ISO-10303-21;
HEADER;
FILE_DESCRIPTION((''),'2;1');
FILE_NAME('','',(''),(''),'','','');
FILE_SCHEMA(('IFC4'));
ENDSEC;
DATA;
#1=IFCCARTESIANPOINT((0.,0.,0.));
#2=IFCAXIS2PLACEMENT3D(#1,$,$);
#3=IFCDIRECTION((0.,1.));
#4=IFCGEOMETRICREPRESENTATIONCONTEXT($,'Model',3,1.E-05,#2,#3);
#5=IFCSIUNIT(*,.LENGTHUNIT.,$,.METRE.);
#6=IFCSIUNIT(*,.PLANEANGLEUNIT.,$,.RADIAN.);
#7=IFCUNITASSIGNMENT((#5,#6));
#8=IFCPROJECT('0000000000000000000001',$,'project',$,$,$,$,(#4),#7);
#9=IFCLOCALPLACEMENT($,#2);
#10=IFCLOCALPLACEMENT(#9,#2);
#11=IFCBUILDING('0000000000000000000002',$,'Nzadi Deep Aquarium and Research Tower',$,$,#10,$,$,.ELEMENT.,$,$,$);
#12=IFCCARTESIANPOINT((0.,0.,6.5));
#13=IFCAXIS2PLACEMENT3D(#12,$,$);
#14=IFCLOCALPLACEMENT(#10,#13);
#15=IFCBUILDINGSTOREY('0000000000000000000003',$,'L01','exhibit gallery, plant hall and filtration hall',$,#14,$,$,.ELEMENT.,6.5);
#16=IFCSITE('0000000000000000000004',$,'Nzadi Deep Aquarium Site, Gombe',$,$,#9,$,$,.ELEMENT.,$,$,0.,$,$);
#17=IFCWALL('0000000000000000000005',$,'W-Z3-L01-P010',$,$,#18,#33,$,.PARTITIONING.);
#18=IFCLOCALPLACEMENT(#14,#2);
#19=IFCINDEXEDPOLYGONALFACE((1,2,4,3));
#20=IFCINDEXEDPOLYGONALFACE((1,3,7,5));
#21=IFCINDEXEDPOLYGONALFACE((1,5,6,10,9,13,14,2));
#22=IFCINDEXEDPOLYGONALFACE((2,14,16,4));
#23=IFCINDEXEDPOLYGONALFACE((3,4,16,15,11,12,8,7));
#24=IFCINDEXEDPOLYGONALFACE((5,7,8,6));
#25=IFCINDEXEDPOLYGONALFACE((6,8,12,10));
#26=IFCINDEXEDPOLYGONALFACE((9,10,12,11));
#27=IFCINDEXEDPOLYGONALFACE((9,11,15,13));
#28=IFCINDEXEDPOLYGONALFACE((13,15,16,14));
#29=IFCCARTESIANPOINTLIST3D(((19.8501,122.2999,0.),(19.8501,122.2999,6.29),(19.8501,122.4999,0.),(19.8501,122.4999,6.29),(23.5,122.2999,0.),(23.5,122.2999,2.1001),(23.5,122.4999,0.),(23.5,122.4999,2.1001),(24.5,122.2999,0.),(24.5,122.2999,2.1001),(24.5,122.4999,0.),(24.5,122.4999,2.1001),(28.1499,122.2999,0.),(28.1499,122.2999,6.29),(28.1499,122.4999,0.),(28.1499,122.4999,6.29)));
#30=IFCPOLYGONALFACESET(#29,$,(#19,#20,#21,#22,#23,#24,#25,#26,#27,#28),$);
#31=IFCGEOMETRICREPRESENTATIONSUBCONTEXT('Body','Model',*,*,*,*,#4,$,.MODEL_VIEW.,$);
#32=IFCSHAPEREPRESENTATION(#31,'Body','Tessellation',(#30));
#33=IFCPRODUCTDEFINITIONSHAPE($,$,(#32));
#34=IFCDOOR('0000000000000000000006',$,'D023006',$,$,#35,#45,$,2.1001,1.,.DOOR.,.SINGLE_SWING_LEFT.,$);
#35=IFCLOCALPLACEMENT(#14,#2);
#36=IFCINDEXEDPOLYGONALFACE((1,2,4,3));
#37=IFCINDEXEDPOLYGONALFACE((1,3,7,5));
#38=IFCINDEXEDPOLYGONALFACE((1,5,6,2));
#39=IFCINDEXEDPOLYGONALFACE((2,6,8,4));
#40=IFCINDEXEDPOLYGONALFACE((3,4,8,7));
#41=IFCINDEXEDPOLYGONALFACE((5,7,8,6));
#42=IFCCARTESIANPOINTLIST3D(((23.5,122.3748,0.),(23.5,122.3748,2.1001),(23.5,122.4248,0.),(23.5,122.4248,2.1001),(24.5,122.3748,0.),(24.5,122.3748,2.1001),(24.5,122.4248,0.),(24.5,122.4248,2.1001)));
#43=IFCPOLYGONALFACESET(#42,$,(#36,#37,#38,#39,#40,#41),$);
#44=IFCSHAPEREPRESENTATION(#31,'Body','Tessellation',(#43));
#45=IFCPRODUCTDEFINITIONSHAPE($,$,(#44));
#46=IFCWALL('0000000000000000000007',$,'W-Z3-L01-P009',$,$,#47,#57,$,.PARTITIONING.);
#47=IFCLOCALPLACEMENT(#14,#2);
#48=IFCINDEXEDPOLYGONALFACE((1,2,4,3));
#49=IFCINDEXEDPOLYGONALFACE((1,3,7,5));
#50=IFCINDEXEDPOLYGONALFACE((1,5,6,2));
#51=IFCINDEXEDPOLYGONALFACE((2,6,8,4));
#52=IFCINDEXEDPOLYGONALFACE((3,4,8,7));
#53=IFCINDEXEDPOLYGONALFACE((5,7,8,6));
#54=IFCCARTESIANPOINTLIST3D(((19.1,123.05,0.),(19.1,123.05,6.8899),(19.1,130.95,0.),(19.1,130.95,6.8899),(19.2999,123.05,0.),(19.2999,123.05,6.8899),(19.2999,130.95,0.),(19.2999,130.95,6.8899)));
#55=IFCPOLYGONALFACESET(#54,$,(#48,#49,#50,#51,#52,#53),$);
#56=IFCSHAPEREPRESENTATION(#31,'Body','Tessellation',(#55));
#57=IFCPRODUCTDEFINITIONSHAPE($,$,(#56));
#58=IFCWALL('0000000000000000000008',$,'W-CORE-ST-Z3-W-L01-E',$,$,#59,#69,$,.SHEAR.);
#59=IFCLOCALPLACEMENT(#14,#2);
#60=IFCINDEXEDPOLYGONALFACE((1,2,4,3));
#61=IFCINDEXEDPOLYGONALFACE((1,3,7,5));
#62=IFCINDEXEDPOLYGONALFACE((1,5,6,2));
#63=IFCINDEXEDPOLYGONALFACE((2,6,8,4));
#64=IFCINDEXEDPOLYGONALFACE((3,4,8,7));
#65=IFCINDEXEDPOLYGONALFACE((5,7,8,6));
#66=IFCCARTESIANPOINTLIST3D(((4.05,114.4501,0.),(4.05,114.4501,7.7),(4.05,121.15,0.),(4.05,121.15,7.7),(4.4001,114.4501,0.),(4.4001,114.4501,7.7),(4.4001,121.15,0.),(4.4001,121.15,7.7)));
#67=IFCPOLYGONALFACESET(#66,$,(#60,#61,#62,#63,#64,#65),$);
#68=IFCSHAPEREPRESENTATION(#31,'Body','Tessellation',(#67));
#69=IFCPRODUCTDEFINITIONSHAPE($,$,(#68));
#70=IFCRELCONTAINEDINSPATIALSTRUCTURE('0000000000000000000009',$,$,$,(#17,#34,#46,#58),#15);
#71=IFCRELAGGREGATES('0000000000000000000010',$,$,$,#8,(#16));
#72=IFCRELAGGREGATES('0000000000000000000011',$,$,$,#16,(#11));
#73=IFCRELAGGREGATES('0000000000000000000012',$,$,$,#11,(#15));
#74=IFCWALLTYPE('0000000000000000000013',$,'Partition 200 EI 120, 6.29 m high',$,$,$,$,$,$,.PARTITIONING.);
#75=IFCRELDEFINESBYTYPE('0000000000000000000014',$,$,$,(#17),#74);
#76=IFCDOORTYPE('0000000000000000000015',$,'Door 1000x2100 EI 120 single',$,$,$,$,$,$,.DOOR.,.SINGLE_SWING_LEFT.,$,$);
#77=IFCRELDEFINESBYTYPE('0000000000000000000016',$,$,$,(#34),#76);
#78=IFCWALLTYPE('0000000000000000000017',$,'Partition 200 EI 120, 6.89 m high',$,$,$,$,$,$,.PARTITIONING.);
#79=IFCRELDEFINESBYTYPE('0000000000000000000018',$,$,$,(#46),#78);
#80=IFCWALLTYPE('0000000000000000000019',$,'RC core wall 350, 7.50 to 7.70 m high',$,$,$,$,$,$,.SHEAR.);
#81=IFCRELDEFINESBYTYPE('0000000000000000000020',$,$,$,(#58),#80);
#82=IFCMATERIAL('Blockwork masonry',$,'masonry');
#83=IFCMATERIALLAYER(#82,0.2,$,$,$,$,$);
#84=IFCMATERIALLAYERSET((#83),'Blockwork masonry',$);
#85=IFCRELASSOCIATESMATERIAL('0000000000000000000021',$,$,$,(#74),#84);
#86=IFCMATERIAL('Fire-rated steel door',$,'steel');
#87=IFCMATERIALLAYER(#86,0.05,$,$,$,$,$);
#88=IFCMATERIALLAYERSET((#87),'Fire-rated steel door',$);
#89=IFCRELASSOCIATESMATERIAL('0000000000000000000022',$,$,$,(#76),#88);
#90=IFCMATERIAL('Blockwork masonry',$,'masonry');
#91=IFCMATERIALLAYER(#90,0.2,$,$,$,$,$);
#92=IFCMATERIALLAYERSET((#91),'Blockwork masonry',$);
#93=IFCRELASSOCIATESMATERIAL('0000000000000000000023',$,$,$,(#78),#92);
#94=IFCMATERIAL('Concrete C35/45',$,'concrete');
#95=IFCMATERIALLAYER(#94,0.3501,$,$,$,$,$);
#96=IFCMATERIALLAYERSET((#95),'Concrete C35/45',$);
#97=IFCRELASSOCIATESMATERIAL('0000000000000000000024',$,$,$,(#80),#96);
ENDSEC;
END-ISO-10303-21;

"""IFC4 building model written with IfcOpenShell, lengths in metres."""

from ifc_helpers import new_model, si_unit, direction, frame, frame_2d, origin, place, context, subcontext, project, spatial, rectangle, extrude, material, layer, layer_set, type_object, element, fill, save


model = new_model("IFC4")

# Units and contexts
model_context = context("Model", 3, precision=1e-05, world=origin(), true_north=direction((0.0, 1.0)))
body_context = subcontext(model_context, "Body", "Model", "MODEL_VIEW")
ifc_project = project(units=[si_unit("LENGTHUNIT", "METRE"), si_unit("PLANEANGLEUNIT", "RADIAN")], contexts=[model_context])

# Site, building, storey
site_placement = place(None, origin())
site = spatial("IfcSite", under=ifc_project, at=site_placement, Name="Nzadi Deep Aquarium Site, Gombe", CompositionType="ELEMENT", RefElevation=0.0)
building_placement = place(site_placement, origin())
building = spatial("IfcBuilding", under=site, at=building_placement, Name="Nzadi Deep Aquarium and Research Tower", CompositionType="ELEMENT")
storey_placement = place(building_placement, frame((0.0, 0.0, 6.5)))
storey = spatial("IfcBuildingStorey", under=building, at=storey_placement, Name="L01", Description="exhibit gallery, plant hall and filtration hall", CompositionType="ELEMENT", Elevation=6.5)

# Wall, opening, door
ifc_material_1 = material(Name="Blockwork masonry", Category="masonry")
ifc_layer_1 = layer(ifc_material_1, 0.2)
ifc_layer_set_1 = layer_set([ifc_layer_1], Name="Blockwork masonry")
wall_type_1 = type_object("IfcWallType", Name="Partition 200 EI 120, 6.29 m high", PredefinedType="PARTITIONING", material=ifc_layer_set_1)
wall_1_placement = place(storey_placement, frame((19.8501, 122.3999, 0.0), z_axis=(0.0, 0.0, 1.0), x_axis=(1.0, 0.0, 0.0)))
wall_1 = element("IfcWall", 1, at=wall_1_placement, inside=storey, type_object=wall_type_1, Name="W-Z3-L01-P010", PredefinedType="PARTITIONING", context=body_context, shape_type="SweptSolid", body=[
    extrude(rectangle(XDim=8.2998, YDim=0.2, at=frame_2d((4.1499, 0.0))), origin(), (0.0, 0.0, 1.0), 6.29),
])
opening_1_placement = place(wall_1_placement, frame((3.6499, 0.0, 0.0)))
opening_1 = element("IfcOpeningElement", 2, at=opening_1_placement, cuts=wall_1, PredefinedType="OPENING", context=body_context, shape_type="SweptSolid", body=[
    extrude(rectangle(XDim=1.0, YDim=2.1001, at=frame_2d((0.5, 1.05))), frame((0.0, 0.1101, 0.0), z_axis=(0.0, -1.0, 0.0), x_axis=(1.0, 0.0, 0.0)), (0.0, 0.0, 1.0), 0.2202),
])
ifc_material_2 = material(Name="Fire-rated steel door", Category="steel")
ifc_layer_2 = layer(ifc_material_2, 0.05)
ifc_layer_set_2 = layer_set([ifc_layer_2], Name="Fire-rated steel door")
door_type_1 = type_object("IfcDoorType", Name="Door 1000x2100 EI 120 single", OperationType="SINGLE_SWING_LEFT", PredefinedType="DOOR", material=ifc_layer_set_2)
door_1_placement = place(opening_1_placement, origin())
door_1 = element("IfcDoor", 3, at=door_1_placement, inside=storey, type_object=door_type_1, Name="D023006", OperationType="SINGLE_SWING_LEFT", OverallHeight=2.1001, OverallWidth=1.0, PredefinedType="DOOR", context=body_context, shape_type="SweptSolid", body=[
    extrude(rectangle(XDim=1.0, YDim=2.1001, at=frame_2d((0.5, 1.05))), frame((0.0, 0.0249, 0.0), z_axis=(0.0, -1.0, 0.0), x_axis=(1.0, 0.0, 0.0)), (0.0, 0.0, 1.0), 0.05),
])
fill(opening_1, door_1)

# Walls
ifc_material_3 = material(Name="Blockwork masonry", Category="masonry")
ifc_layer_3 = layer(ifc_material_3, 0.2)
ifc_layer_set_3 = layer_set([ifc_layer_3], Name="Blockwork masonry")
wall_type_2 = type_object("IfcWallType", Name="Partition 200 EI 120, 6.89 m high", PredefinedType="PARTITIONING", material=ifc_layer_set_3)
wall_2_placement = place(storey_placement, frame((19.2, 123.05, 0.0), z_axis=(0.0, 0.0, 1.0), x_axis=(0.0, 1.0, 0.0)))
element("IfcWall", 4, at=wall_2_placement, inside=storey, type_object=wall_type_2, Name="W-Z3-L01-P009", PredefinedType="PARTITIONING", context=body_context, shape_type="SweptSolid", body=[
    extrude(rectangle(XDim=7.8999, YDim=0.2, at=frame_2d((3.95, 0.0))), origin(), (0.0, 0.0, 1.0), 6.8899),
])
ifc_material_4 = material(Name="Concrete C35/45", Category="concrete")
ifc_layer_4 = layer(ifc_material_4, 0.3501)
ifc_layer_set_4 = layer_set([ifc_layer_4], Name="Concrete C35/45")
wall_type_3 = type_object("IfcWallType", Name="RC core wall 350, 7.50 to 7.70 m high", PredefinedType="SHEAR", material=ifc_layer_set_4)
wall_3_placement = place(storey_placement, frame((4.2251, 114.45, 0.0), z_axis=(0.0, 0.0, 1.0), x_axis=(0.0, 1.0, 0.0)))
element("IfcWall", 5, at=wall_3_placement, inside=storey, type_object=wall_type_3, Name="W-CORE-ST-Z3-W-L01-E", PredefinedType="SHEAR", context=body_context, shape_type="SweptSolid", body=[
    extrude(rectangle(XDim=6.7, YDim=0.3501, at=frame_2d((3.3501, 0.0))), origin(), (0.0, 0.0, 1.0), 7.7),
])

save(model, "model.ifc")
